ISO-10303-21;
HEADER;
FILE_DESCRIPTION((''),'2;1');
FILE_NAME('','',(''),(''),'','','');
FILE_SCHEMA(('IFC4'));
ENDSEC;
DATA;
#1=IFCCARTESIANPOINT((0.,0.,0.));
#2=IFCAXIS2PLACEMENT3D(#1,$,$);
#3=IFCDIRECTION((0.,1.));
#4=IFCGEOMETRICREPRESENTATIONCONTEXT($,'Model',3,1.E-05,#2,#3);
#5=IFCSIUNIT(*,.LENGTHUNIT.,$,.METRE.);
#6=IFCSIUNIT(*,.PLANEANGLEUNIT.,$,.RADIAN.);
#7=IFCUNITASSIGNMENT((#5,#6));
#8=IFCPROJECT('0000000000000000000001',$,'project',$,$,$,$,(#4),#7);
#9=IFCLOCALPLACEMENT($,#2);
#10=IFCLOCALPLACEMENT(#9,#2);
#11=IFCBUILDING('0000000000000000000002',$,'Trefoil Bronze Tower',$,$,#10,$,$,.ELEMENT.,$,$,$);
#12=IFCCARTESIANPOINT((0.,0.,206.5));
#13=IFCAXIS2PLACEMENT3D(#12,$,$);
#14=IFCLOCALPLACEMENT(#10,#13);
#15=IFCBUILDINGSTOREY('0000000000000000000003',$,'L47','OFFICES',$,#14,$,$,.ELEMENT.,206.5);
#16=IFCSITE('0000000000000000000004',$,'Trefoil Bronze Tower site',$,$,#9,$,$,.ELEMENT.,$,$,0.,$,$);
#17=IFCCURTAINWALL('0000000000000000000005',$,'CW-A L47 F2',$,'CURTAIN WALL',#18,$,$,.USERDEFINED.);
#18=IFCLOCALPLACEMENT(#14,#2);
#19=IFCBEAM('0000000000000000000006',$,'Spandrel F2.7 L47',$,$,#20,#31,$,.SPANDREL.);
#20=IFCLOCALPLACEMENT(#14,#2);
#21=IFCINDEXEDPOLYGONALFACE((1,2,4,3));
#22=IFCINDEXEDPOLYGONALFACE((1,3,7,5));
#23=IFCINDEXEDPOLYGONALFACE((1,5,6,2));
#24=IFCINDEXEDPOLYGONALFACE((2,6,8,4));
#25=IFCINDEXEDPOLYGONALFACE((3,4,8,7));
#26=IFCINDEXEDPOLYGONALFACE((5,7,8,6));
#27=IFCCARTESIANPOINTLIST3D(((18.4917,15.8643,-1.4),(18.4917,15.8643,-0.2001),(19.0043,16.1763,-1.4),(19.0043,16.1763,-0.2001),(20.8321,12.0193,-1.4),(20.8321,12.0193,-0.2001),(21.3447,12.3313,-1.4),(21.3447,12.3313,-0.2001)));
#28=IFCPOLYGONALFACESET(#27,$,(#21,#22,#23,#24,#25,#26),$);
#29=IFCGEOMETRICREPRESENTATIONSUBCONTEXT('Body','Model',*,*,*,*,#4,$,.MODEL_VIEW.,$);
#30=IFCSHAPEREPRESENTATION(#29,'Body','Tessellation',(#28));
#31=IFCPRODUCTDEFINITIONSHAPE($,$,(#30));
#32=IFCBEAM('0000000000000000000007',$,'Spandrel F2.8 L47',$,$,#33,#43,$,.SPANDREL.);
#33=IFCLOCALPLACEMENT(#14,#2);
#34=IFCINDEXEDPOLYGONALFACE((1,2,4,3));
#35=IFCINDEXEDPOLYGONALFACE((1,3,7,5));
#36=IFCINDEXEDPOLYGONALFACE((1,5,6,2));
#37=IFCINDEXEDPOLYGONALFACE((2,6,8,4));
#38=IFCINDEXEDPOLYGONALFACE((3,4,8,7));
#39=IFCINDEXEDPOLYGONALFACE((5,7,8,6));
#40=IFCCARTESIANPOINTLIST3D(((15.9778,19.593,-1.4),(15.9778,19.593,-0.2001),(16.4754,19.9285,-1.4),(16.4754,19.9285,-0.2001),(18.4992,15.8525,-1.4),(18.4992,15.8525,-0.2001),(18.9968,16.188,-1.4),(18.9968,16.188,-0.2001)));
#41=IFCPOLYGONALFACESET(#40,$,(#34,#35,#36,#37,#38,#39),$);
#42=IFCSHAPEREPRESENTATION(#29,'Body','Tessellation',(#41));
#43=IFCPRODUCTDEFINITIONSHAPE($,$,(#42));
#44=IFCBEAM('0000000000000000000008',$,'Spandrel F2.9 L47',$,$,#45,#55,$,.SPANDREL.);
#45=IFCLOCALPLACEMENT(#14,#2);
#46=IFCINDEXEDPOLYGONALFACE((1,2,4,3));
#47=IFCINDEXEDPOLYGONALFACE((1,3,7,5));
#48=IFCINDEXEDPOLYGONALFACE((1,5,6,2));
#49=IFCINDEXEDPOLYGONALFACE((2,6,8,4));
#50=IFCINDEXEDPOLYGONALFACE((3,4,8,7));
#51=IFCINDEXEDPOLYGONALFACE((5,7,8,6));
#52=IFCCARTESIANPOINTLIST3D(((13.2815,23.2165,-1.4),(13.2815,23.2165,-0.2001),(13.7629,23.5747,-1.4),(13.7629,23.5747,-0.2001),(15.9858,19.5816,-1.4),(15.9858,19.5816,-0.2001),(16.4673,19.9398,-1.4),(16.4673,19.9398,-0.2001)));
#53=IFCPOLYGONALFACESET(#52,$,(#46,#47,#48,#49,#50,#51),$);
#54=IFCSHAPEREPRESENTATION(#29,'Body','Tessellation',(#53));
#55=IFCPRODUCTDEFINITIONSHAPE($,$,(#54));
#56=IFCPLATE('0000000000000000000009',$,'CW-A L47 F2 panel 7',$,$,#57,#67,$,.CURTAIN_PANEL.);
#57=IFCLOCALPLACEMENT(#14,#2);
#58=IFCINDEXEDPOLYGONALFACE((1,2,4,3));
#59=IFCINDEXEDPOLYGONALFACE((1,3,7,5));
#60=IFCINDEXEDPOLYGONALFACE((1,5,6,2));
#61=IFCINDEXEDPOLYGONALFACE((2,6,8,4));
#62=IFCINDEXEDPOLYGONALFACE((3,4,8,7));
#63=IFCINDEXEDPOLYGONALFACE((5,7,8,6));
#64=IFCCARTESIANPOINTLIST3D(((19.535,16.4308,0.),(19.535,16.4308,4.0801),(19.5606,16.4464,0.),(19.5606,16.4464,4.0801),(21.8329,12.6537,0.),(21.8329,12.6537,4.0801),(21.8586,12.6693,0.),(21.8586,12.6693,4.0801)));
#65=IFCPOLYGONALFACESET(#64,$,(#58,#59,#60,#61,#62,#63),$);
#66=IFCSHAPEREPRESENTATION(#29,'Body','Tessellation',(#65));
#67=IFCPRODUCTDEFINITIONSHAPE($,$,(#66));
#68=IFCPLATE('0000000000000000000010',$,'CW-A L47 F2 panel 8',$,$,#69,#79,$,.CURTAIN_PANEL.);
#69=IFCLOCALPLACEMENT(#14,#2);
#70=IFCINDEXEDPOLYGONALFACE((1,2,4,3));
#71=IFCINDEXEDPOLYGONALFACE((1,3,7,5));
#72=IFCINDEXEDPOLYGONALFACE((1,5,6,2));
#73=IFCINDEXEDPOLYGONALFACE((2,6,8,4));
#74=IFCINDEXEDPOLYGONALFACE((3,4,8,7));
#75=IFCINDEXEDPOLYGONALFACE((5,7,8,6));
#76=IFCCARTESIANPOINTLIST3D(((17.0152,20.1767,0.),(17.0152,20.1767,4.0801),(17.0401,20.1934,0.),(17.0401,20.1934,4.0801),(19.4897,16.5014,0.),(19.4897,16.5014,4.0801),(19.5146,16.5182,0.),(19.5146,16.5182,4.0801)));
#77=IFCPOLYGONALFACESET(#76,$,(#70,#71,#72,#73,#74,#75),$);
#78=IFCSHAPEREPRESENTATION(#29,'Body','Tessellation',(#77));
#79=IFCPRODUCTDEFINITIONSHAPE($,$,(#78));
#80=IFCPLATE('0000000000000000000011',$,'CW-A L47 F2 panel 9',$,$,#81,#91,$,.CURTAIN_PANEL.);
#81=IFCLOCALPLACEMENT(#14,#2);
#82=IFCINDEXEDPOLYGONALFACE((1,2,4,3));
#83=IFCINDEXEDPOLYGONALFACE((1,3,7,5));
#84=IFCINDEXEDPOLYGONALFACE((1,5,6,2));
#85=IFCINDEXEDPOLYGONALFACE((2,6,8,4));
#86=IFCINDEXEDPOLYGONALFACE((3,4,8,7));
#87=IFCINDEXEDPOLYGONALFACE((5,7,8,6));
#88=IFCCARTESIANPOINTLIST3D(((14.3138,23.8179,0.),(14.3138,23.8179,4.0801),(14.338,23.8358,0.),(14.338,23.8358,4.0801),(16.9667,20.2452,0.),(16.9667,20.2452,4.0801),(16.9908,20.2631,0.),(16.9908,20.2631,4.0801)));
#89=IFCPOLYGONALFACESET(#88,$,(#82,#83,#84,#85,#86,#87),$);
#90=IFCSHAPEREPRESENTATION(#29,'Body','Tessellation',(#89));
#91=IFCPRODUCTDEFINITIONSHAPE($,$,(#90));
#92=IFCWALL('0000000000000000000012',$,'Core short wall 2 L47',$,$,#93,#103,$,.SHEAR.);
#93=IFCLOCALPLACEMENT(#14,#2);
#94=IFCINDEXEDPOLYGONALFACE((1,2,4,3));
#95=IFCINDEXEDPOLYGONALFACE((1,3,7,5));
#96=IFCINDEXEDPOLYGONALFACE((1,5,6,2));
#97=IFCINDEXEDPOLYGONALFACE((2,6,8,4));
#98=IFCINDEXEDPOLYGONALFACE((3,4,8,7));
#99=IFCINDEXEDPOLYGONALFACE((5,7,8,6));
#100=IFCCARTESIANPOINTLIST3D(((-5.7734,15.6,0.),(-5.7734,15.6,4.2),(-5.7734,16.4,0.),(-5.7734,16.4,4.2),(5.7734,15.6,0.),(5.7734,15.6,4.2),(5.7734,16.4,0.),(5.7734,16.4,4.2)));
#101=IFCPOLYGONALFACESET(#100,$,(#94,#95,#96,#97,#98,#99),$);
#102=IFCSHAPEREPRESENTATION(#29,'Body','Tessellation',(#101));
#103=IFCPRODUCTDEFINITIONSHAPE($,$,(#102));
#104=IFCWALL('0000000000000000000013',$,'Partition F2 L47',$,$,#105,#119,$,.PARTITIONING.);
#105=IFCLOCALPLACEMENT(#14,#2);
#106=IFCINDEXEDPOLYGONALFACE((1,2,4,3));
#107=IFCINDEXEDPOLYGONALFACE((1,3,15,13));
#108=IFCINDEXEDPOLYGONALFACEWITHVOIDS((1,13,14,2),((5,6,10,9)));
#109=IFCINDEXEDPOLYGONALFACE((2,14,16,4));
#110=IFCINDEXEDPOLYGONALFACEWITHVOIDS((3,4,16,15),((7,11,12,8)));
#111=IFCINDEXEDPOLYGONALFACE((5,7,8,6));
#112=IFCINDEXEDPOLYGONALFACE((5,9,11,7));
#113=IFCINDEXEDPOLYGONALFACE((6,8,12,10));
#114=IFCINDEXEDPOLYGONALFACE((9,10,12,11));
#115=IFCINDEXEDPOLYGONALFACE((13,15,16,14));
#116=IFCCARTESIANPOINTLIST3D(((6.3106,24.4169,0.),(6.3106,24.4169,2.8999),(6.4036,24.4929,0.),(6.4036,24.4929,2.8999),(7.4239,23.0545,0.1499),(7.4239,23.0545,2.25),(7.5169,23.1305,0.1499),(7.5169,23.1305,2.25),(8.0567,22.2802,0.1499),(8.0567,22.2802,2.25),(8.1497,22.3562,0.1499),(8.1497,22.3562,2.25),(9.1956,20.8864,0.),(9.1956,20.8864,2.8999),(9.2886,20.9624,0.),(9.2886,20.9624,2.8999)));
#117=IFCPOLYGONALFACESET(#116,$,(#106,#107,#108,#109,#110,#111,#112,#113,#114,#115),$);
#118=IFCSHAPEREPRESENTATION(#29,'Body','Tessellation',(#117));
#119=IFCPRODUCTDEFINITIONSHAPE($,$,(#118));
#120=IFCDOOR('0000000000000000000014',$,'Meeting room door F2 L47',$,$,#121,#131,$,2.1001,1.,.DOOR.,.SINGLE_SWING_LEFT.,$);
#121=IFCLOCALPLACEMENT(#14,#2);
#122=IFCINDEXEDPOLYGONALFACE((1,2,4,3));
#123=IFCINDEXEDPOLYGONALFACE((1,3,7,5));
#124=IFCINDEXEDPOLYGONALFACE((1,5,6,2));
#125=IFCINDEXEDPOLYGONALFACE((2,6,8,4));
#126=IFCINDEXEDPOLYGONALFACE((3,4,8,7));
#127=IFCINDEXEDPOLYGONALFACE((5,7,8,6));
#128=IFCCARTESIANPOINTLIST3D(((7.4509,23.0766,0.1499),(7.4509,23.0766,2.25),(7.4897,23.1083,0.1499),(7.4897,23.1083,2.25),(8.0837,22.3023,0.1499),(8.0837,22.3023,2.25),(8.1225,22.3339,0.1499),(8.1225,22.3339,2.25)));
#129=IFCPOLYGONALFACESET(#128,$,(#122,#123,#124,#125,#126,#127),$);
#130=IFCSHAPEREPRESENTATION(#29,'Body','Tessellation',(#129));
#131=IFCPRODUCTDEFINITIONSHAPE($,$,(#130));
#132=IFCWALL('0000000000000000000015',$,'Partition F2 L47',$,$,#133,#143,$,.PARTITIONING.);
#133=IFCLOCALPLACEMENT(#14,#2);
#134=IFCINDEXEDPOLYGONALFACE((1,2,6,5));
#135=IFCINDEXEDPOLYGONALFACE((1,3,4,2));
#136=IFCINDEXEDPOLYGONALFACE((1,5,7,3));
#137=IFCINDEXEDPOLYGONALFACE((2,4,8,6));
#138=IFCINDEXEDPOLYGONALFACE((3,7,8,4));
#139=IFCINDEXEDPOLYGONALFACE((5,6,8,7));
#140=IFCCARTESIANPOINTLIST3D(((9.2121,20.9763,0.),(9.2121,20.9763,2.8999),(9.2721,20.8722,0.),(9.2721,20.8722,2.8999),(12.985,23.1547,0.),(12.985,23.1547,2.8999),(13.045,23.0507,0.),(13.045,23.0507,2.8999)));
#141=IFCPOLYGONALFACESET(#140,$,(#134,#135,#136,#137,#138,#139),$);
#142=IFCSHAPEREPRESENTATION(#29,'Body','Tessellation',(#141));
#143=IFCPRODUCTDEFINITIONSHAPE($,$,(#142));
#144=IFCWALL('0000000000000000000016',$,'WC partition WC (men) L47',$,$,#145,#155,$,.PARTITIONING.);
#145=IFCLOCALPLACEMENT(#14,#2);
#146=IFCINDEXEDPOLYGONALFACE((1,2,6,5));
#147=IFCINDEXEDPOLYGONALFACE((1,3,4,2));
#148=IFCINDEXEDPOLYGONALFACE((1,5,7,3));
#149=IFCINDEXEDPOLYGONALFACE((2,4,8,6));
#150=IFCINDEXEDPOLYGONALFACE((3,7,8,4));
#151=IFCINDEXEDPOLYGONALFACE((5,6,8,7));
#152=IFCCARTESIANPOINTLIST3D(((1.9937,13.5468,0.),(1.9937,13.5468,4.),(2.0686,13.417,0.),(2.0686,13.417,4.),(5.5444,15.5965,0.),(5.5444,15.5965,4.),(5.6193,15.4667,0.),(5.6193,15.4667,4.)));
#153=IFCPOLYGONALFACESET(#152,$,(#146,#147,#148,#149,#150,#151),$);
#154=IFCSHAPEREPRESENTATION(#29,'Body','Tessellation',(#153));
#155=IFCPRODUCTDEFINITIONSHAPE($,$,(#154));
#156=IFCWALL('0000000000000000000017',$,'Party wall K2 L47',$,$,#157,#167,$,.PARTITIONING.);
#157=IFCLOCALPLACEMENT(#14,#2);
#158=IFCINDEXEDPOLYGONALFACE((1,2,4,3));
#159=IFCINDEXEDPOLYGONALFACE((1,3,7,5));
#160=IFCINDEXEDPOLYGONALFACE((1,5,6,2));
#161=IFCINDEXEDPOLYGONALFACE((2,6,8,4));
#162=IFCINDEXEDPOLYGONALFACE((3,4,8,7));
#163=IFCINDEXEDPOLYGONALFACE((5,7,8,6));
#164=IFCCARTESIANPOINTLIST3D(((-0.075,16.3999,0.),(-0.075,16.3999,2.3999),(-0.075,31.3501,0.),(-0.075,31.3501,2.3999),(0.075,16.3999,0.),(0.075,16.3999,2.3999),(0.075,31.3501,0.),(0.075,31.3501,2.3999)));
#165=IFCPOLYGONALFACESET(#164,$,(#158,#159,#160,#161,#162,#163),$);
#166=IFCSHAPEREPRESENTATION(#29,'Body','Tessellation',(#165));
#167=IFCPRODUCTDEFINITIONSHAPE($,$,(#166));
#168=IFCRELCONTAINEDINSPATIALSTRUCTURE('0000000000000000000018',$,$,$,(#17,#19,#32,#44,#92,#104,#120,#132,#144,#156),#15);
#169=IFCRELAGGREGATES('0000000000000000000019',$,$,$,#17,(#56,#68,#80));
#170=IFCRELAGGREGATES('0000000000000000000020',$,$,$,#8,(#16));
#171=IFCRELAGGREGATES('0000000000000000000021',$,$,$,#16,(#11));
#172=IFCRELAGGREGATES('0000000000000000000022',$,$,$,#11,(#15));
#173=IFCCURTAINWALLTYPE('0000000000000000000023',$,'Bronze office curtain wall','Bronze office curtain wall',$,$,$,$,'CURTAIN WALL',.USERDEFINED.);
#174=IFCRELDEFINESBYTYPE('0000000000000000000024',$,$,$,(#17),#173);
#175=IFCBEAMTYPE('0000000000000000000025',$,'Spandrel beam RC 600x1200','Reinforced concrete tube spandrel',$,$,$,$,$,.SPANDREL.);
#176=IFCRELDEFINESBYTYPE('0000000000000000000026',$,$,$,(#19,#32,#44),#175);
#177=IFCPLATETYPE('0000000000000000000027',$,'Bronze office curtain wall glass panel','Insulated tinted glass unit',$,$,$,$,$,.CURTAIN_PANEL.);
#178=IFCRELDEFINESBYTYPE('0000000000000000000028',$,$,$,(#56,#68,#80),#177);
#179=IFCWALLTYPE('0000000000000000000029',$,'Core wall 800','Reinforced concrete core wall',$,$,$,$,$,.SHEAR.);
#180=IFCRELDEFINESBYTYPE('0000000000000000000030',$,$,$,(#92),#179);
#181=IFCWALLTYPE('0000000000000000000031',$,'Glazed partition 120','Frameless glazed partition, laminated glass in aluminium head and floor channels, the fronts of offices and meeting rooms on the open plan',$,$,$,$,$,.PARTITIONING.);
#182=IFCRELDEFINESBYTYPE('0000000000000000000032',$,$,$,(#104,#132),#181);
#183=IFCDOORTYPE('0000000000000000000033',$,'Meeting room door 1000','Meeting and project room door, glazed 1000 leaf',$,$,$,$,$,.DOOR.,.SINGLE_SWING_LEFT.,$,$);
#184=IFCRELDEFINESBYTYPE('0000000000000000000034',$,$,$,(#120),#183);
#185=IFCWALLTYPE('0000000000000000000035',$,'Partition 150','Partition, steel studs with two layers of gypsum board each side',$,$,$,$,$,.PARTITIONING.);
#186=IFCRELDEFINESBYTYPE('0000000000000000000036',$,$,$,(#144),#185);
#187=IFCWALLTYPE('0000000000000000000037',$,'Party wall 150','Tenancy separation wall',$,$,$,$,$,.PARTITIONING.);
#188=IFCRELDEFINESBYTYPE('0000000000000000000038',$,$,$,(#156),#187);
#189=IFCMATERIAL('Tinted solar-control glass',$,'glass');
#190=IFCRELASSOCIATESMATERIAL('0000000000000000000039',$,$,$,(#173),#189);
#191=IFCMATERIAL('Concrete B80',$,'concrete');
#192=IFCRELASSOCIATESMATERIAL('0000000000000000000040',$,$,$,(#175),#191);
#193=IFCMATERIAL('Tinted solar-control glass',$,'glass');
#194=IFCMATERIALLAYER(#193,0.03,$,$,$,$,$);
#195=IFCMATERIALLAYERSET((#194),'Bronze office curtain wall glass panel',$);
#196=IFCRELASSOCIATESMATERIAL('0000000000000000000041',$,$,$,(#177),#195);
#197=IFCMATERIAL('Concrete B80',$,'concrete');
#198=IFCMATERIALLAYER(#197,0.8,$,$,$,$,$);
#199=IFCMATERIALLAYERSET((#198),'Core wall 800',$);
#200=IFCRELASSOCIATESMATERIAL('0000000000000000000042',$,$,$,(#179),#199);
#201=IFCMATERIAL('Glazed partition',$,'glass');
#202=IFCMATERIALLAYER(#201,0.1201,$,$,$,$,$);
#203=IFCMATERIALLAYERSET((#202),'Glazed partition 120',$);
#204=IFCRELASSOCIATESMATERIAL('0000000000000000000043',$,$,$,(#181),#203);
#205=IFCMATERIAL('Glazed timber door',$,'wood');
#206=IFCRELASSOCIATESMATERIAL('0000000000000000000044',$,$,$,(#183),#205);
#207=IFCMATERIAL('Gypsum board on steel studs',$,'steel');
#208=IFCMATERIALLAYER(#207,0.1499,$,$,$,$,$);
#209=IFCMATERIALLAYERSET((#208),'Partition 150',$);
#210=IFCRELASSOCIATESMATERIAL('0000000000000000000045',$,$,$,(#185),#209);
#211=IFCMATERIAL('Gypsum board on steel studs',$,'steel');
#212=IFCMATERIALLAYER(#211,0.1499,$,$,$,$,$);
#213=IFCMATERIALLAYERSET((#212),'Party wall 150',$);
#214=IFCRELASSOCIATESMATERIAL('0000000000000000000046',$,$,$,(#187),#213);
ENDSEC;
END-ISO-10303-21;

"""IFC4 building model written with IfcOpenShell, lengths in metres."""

from ifc_helpers import new_model, si_unit, direction, frame, frame_2d, origin, origin_2d, place, context, subcontext, project, spatial, rectangle, extrude, material, layer, layer_set, material_profile, profile_set, type_object, element, fill, aggregate, save


model = new_model("IFC4")

# Units and contexts
model_context = context("Model", 3, precision=1e-05, world=origin(), true_north=direction((0.0, 1.0)))
body_context = subcontext(model_context, "Body", "Model", "MODEL_VIEW")
ifc_project = project(units=[si_unit("LENGTHUNIT", "METRE"), si_unit("PLANEANGLEUNIT", "RADIAN")], contexts=[model_context])

# Site, building, storey
site_placement = place(None, origin())
site = spatial("IfcSite", under=ifc_project, at=site_placement, Name="Trefoil Bronze Tower site", CompositionType="ELEMENT", RefElevation=0.0)
building_placement = place(site_placement, origin())
building = spatial("IfcBuilding", under=site, at=building_placement, Name="Trefoil Bronze Tower", CompositionType="ELEMENT")
storey_placement = place(building_placement, frame((0.0, 0.0, 206.5)))
storey = spatial("IfcBuildingStorey", under=building, at=storey_placement, Name="L47", Description="OFFICES", CompositionType="ELEMENT", Elevation=206.5)

# Curtain wall
ifc_material_1 = material(Name="Tinted solar-control glass", Category="glass")
curtain_wall_type = type_object("IfcCurtainWallType", Name="Bronze office curtain wall", Description="Bronze office curtain wall", ElementType="CURTAIN WALL", PredefinedType="USERDEFINED", material=ifc_material_1)
curtain_wall_placement = place(storey_placement, origin())
curtain_wall = element("IfcCurtainWall", 1, at=curtain_wall_placement, inside=storey, type_object=curtain_wall_type, Name="CW-A L47 F2", ObjectType="CURTAIN WALL", PredefinedType="USERDEFINED")

# Beams
ifc_material_2 = material(Name="Concrete B80", Category="concrete")
ifc_material_profile_1 = material_profile(ifc_material_2, rectangle(XDim=0.6001, YDim=1.2, at=origin_2d()), Name="RC 600x1200")
ifc_profile_set_1 = profile_set([ifc_material_profile_1], Name="Concrete B80")
beam_type_1 = type_object("IfcBeamType", Name="Spandrel beam RC 600x1200", Description="Reinforced concrete tube spandrel", PredefinedType="SPANDREL", material=ifc_profile_set_1)
beam_1_placement = place(storey_placement, frame((21.0884, 12.1753, -0.8), z_axis=(-0.519933, 0.854207, 0.0), x_axis=(-0.854207, -0.519933, 0.0)))
element("IfcBeam", 2, at=beam_1_placement, inside=storey, type_object=beam_type_1, Name="Spandrel F2.7 L47", PredefinedType="SPANDREL", context=body_context, shape_type="SweptSolid", body=[
    extrude(rectangle(XDim=0.6001, YDim=1.2, at=origin_2d()), origin(), (0.0, 0.0, 1.0), 4.5012),
])
beam_2_placement = place(storey_placement, frame((18.748, 16.0203, -0.8), z_axis=(-0.558964, 0.829192, 0.0), x_axis=(-0.829192, -0.558964, 0.0)))
element("IfcBeam", 3, at=beam_2_placement, inside=storey, type_object=beam_type_1, Name="Spandrel F2.8 L47", PredefinedType="SPANDREL", context=body_context, shape_type="SweptSolid", body=[
    extrude(rectangle(XDim=0.6001, YDim=1.2, at=origin_2d()), origin(), (0.0, 0.0, 1.0), 4.511),
])
beam_3_placement = place(storey_placement, frame((16.2266, 19.7607, -0.8), z_axis=(-0.596926, 0.802296, 0.0), x_axis=(-0.802296, -0.596926, 0.0)))
element("IfcBeam", 4, at=beam_3_placement, inside=storey, type_object=beam_type_1, Name="Spandrel F2.9 L47", PredefinedType="SPANDREL", context=body_context, shape_type="SweptSolid", body=[
    extrude(rectangle(XDim=0.6001, YDim=1.2, at=origin_2d()), origin(), (0.0, 0.0, 1.0), 4.5305),
])

# Plates
ifc_material_3 = material(Name="Tinted solar-control glass", Category="glass")
ifc_layer_1 = layer(ifc_material_3, 0.03)
ifc_layer_set_1 = layer_set([ifc_layer_1], Name="Bronze office curtain wall glass panel")
plate_type = type_object("IfcPlateType", Name="Bronze office curtain wall glass panel", Description="Insulated tinted glass unit", PredefinedType="CURTAIN_PANEL", material=ifc_layer_set_1)
plate_1_placement = place(storey_placement, frame((20.6968, 14.55, 0.0), z_axis=(0.0, 0.0, 1.0), x_axis=(-0.519762, 0.854311, 0.0)))
plate_1 = element("IfcPlate", 5, at=plate_1_placement, type_object=plate_type, Name="CW-A L47 F2 panel 7", PredefinedType="CURTAIN_PANEL", context=body_context, shape_type="SweptSolid", body=[
    extrude(rectangle(XDim=4.4211, YDim=0.03, at=origin_2d()), origin(), (0.0, 0.0, 1.0), 4.0801),
])
plate_2_placement = place(storey_placement, frame((18.2649, 18.3474, 0.0), z_axis=(0.0, 0.0, 1.0), x_axis=(-0.558493, 0.829509, 0.0)))
plate_2 = element("IfcPlate", 6, at=plate_2_placement, type_object=plate_type, Name="CW-A L47 F2 panel 8", PredefinedType="CURTAIN_PANEL", context=body_context, shape_type="SweptSolid", body=[
    extrude(rectangle(XDim=4.4307, YDim=0.03, at=origin_2d()), origin(), (0.0, 0.0, 1.0), 4.0801),
])
plate_3_placement = place(storey_placement, frame((15.6523, 22.0405, 0.0), z_axis=(0.0, 0.0, 1.0), x_axis=(-0.596162, 0.802865, 0.0)))
plate_3 = element("IfcPlate", 7, at=plate_3_placement, type_object=plate_type, Name="CW-A L47 F2 panel 9", PredefinedType="CURTAIN_PANEL", context=body_context, shape_type="SweptSolid", body=[
    extrude(rectangle(XDim=4.45, YDim=0.03, at=origin_2d()), origin(), (0.0, 0.0, 1.0), 4.0801),
])
aggregate(curtain_wall, [plate_1, plate_2, plate_3])

# Wall
ifc_material_4 = material(Name="Concrete B80", Category="concrete")
ifc_layer_2 = layer(ifc_material_4, 0.8)
ifc_layer_set_2 = layer_set([ifc_layer_2], Name="Core wall 800")
wall_type_1 = type_object("IfcWallType", Name="Core wall 800", Description="Reinforced concrete core wall", PredefinedType="SHEAR", material=ifc_layer_set_2)
wall_1_placement = place(storey_placement, frame((5.7734, 16.0, 0.0), z_axis=(0.0, 0.0, 1.0), x_axis=(-1.0, 0.0, 0.0)))
element("IfcWall", 8, at=wall_1_placement, inside=storey, type_object=wall_type_1, Name="Core short wall 2 L47", PredefinedType="SHEAR", context=body_context, shape_type="SweptSolid", body=[
    extrude(rectangle(XDim=11.5469, YDim=0.8, at=frame_2d((5.7734, 0.0))), origin(), (0.0, 0.0, 1.0), 4.2),
])

# Wall, opening, door
ifc_material_5 = material(Name="Glazed partition", Category="glass")
ifc_layer_3 = layer(ifc_material_5, 0.1201)
ifc_layer_set_3 = layer_set([ifc_layer_3], Name="Glazed partition 120")
wall_type_2 = type_object("IfcWallType", Name="Glazed partition 120", Description="Frameless glazed partition, laminated glass in aluminium head and floor channels, the fronts of offices and meeting rooms on the open plan", PredefinedType="PARTITIONING", material=ifc_layer_set_3)
wall_2_placement = place(storey_placement, frame((9.2422, 20.9243, 0.0), z_axis=(0.0, 0.0, 1.0), x_axis=(-0.632765, 0.774344, 0.0)))
wall_2 = element("IfcWall", 9, at=wall_2_placement, inside=storey, type_object=wall_type_2, Name="Partition F2 L47", PredefinedType="PARTITIONING", context=body_context, shape_type="SweptSolid", body=[
    extrude(rectangle(XDim=4.5593, YDim=0.1201, at=frame_2d((2.2798, 0.0))), origin(), (0.0, 0.0, 1.0), 2.8999),
])
opening_placement = place(wall_2_placement, frame((1.8, 0.0, 0.1499)))
opening = element("IfcOpeningElement", 10, at=opening_placement, cuts=wall_2, PredefinedType="OPENING", context=body_context, shape_type="SweptSolid", body=[
    extrude(rectangle(XDim=1.0, YDim=2.1001, at=frame_2d((0.5, 1.05))), frame((0.0, 0.0701, 0.0), z_axis=(0.0, -1.0, 0.0), x_axis=(1.0, 0.0, 0.0)), (0.0, 0.0, 1.0), 0.1401),
])
ifc_material_6 = material(Name="Glazed timber door", Category="wood")
door_type = type_object("IfcDoorType", Name="Meeting room door 1000", Description="Meeting and project room door, glazed 1000 leaf", OperationType="SINGLE_SWING_LEFT", PredefinedType="DOOR", material=ifc_material_6)
door_placement = place(opening_placement, frame((1.0, 0.0, 0.0), z_axis=(0.0, 0.0, 1.0), x_axis=(-1.0, 0.0, 0.0)))
door = element("IfcDoor", 11, at=door_placement, inside=storey, type_object=door_type, Name="Meeting room door F2 L47", OperationType="SINGLE_SWING_LEFT", OverallHeight=2.1001, OverallWidth=1.0, PredefinedType="DOOR", context=body_context, shape_type="SweptSolid", body=[
    extrude(rectangle(XDim=1.0, YDim=2.1001, at=frame_2d((0.5, 1.05))), frame((0.0, 0.0249, 0.0), z_axis=(0.0, -1.0, 0.0), x_axis=(1.0, 0.0, 0.0)), (0.0, 0.0, 1.0), 0.05),
])
fill(opening, door)

# Walls
wall_3_placement = place(storey_placement, frame((9.2422, 20.9243, 0.0), z_axis=(0.0, 0.0, 1.0), x_axis=(0.86601, 0.500026, 0.0)))
element("IfcWall", 12, at=wall_3_placement, inside=storey, type_object=wall_type_2, Name="Partition F2 L47", PredefinedType="PARTITIONING", context=body_context, shape_type="SweptSolid", body=[
    extrude(rectangle(XDim=4.3567, YDim=0.1201, at=frame_2d((2.1782, 0.0))), origin(), (0.0, 0.0, 1.0), 2.8999),
])
ifc_material_7 = material(Name="Gypsum board on steel studs", Category="steel")
ifc_layer_4 = layer(ifc_material_7, 0.1499)
ifc_layer_set_4 = layer_set([ifc_layer_4], Name="Partition 150")
wall_type_3 = type_object("IfcWallType", Name="Partition 150", Description="Partition, steel studs with two layers of gypsum board each side", PredefinedType="PARTITIONING", material=ifc_layer_set_4)
wall_4_placement = place(storey_placement, frame((2.0312, 13.4819, 0.0), z_axis=(0.0, 0.0, 1.0), x_axis=(0.866051, 0.499956, 0.0)))
element("IfcWall", 13, at=wall_4_placement, inside=storey, type_object=wall_type_3, Name="WC partition WC (men) L47", PredefinedType="PARTITIONING", context=body_context, shape_type="SweptSolid", body=[
    extrude(rectangle(XDim=4.0999, YDim=0.1499, at=frame_2d((2.0498, 0.0))), origin(), (0.0, 0.0, 1.0), 4.0),
])
ifc_material_8 = material(Name="Gypsum board on steel studs", Category="steel")
ifc_layer_5 = layer(ifc_material_8, 0.1499)
ifc_layer_set_5 = layer_set([ifc_layer_5], Name="Party wall 150")
wall_type_4 = type_object("IfcWallType", Name="Party wall 150", Description="Tenancy separation wall", PredefinedType="PARTITIONING", material=ifc_layer_set_5)
wall_5_placement = place(storey_placement, frame((0.0, 16.3999, 0.0), z_axis=(0.0, 0.0, 1.0), x_axis=(0.0, 1.0, 0.0)))
element("IfcWall", 14, at=wall_5_placement, inside=storey, type_object=wall_type_4, Name="Party wall K2 L47", PredefinedType="PARTITIONING", context=body_context, shape_type="SweptSolid", body=[
    extrude(rectangle(XDim=14.9502, YDim=0.1499, at=frame_2d((7.4751, 0.0))), origin(), (0.0, 0.0, 1.0), 2.3999),
])

save(model, "model.ifc")
